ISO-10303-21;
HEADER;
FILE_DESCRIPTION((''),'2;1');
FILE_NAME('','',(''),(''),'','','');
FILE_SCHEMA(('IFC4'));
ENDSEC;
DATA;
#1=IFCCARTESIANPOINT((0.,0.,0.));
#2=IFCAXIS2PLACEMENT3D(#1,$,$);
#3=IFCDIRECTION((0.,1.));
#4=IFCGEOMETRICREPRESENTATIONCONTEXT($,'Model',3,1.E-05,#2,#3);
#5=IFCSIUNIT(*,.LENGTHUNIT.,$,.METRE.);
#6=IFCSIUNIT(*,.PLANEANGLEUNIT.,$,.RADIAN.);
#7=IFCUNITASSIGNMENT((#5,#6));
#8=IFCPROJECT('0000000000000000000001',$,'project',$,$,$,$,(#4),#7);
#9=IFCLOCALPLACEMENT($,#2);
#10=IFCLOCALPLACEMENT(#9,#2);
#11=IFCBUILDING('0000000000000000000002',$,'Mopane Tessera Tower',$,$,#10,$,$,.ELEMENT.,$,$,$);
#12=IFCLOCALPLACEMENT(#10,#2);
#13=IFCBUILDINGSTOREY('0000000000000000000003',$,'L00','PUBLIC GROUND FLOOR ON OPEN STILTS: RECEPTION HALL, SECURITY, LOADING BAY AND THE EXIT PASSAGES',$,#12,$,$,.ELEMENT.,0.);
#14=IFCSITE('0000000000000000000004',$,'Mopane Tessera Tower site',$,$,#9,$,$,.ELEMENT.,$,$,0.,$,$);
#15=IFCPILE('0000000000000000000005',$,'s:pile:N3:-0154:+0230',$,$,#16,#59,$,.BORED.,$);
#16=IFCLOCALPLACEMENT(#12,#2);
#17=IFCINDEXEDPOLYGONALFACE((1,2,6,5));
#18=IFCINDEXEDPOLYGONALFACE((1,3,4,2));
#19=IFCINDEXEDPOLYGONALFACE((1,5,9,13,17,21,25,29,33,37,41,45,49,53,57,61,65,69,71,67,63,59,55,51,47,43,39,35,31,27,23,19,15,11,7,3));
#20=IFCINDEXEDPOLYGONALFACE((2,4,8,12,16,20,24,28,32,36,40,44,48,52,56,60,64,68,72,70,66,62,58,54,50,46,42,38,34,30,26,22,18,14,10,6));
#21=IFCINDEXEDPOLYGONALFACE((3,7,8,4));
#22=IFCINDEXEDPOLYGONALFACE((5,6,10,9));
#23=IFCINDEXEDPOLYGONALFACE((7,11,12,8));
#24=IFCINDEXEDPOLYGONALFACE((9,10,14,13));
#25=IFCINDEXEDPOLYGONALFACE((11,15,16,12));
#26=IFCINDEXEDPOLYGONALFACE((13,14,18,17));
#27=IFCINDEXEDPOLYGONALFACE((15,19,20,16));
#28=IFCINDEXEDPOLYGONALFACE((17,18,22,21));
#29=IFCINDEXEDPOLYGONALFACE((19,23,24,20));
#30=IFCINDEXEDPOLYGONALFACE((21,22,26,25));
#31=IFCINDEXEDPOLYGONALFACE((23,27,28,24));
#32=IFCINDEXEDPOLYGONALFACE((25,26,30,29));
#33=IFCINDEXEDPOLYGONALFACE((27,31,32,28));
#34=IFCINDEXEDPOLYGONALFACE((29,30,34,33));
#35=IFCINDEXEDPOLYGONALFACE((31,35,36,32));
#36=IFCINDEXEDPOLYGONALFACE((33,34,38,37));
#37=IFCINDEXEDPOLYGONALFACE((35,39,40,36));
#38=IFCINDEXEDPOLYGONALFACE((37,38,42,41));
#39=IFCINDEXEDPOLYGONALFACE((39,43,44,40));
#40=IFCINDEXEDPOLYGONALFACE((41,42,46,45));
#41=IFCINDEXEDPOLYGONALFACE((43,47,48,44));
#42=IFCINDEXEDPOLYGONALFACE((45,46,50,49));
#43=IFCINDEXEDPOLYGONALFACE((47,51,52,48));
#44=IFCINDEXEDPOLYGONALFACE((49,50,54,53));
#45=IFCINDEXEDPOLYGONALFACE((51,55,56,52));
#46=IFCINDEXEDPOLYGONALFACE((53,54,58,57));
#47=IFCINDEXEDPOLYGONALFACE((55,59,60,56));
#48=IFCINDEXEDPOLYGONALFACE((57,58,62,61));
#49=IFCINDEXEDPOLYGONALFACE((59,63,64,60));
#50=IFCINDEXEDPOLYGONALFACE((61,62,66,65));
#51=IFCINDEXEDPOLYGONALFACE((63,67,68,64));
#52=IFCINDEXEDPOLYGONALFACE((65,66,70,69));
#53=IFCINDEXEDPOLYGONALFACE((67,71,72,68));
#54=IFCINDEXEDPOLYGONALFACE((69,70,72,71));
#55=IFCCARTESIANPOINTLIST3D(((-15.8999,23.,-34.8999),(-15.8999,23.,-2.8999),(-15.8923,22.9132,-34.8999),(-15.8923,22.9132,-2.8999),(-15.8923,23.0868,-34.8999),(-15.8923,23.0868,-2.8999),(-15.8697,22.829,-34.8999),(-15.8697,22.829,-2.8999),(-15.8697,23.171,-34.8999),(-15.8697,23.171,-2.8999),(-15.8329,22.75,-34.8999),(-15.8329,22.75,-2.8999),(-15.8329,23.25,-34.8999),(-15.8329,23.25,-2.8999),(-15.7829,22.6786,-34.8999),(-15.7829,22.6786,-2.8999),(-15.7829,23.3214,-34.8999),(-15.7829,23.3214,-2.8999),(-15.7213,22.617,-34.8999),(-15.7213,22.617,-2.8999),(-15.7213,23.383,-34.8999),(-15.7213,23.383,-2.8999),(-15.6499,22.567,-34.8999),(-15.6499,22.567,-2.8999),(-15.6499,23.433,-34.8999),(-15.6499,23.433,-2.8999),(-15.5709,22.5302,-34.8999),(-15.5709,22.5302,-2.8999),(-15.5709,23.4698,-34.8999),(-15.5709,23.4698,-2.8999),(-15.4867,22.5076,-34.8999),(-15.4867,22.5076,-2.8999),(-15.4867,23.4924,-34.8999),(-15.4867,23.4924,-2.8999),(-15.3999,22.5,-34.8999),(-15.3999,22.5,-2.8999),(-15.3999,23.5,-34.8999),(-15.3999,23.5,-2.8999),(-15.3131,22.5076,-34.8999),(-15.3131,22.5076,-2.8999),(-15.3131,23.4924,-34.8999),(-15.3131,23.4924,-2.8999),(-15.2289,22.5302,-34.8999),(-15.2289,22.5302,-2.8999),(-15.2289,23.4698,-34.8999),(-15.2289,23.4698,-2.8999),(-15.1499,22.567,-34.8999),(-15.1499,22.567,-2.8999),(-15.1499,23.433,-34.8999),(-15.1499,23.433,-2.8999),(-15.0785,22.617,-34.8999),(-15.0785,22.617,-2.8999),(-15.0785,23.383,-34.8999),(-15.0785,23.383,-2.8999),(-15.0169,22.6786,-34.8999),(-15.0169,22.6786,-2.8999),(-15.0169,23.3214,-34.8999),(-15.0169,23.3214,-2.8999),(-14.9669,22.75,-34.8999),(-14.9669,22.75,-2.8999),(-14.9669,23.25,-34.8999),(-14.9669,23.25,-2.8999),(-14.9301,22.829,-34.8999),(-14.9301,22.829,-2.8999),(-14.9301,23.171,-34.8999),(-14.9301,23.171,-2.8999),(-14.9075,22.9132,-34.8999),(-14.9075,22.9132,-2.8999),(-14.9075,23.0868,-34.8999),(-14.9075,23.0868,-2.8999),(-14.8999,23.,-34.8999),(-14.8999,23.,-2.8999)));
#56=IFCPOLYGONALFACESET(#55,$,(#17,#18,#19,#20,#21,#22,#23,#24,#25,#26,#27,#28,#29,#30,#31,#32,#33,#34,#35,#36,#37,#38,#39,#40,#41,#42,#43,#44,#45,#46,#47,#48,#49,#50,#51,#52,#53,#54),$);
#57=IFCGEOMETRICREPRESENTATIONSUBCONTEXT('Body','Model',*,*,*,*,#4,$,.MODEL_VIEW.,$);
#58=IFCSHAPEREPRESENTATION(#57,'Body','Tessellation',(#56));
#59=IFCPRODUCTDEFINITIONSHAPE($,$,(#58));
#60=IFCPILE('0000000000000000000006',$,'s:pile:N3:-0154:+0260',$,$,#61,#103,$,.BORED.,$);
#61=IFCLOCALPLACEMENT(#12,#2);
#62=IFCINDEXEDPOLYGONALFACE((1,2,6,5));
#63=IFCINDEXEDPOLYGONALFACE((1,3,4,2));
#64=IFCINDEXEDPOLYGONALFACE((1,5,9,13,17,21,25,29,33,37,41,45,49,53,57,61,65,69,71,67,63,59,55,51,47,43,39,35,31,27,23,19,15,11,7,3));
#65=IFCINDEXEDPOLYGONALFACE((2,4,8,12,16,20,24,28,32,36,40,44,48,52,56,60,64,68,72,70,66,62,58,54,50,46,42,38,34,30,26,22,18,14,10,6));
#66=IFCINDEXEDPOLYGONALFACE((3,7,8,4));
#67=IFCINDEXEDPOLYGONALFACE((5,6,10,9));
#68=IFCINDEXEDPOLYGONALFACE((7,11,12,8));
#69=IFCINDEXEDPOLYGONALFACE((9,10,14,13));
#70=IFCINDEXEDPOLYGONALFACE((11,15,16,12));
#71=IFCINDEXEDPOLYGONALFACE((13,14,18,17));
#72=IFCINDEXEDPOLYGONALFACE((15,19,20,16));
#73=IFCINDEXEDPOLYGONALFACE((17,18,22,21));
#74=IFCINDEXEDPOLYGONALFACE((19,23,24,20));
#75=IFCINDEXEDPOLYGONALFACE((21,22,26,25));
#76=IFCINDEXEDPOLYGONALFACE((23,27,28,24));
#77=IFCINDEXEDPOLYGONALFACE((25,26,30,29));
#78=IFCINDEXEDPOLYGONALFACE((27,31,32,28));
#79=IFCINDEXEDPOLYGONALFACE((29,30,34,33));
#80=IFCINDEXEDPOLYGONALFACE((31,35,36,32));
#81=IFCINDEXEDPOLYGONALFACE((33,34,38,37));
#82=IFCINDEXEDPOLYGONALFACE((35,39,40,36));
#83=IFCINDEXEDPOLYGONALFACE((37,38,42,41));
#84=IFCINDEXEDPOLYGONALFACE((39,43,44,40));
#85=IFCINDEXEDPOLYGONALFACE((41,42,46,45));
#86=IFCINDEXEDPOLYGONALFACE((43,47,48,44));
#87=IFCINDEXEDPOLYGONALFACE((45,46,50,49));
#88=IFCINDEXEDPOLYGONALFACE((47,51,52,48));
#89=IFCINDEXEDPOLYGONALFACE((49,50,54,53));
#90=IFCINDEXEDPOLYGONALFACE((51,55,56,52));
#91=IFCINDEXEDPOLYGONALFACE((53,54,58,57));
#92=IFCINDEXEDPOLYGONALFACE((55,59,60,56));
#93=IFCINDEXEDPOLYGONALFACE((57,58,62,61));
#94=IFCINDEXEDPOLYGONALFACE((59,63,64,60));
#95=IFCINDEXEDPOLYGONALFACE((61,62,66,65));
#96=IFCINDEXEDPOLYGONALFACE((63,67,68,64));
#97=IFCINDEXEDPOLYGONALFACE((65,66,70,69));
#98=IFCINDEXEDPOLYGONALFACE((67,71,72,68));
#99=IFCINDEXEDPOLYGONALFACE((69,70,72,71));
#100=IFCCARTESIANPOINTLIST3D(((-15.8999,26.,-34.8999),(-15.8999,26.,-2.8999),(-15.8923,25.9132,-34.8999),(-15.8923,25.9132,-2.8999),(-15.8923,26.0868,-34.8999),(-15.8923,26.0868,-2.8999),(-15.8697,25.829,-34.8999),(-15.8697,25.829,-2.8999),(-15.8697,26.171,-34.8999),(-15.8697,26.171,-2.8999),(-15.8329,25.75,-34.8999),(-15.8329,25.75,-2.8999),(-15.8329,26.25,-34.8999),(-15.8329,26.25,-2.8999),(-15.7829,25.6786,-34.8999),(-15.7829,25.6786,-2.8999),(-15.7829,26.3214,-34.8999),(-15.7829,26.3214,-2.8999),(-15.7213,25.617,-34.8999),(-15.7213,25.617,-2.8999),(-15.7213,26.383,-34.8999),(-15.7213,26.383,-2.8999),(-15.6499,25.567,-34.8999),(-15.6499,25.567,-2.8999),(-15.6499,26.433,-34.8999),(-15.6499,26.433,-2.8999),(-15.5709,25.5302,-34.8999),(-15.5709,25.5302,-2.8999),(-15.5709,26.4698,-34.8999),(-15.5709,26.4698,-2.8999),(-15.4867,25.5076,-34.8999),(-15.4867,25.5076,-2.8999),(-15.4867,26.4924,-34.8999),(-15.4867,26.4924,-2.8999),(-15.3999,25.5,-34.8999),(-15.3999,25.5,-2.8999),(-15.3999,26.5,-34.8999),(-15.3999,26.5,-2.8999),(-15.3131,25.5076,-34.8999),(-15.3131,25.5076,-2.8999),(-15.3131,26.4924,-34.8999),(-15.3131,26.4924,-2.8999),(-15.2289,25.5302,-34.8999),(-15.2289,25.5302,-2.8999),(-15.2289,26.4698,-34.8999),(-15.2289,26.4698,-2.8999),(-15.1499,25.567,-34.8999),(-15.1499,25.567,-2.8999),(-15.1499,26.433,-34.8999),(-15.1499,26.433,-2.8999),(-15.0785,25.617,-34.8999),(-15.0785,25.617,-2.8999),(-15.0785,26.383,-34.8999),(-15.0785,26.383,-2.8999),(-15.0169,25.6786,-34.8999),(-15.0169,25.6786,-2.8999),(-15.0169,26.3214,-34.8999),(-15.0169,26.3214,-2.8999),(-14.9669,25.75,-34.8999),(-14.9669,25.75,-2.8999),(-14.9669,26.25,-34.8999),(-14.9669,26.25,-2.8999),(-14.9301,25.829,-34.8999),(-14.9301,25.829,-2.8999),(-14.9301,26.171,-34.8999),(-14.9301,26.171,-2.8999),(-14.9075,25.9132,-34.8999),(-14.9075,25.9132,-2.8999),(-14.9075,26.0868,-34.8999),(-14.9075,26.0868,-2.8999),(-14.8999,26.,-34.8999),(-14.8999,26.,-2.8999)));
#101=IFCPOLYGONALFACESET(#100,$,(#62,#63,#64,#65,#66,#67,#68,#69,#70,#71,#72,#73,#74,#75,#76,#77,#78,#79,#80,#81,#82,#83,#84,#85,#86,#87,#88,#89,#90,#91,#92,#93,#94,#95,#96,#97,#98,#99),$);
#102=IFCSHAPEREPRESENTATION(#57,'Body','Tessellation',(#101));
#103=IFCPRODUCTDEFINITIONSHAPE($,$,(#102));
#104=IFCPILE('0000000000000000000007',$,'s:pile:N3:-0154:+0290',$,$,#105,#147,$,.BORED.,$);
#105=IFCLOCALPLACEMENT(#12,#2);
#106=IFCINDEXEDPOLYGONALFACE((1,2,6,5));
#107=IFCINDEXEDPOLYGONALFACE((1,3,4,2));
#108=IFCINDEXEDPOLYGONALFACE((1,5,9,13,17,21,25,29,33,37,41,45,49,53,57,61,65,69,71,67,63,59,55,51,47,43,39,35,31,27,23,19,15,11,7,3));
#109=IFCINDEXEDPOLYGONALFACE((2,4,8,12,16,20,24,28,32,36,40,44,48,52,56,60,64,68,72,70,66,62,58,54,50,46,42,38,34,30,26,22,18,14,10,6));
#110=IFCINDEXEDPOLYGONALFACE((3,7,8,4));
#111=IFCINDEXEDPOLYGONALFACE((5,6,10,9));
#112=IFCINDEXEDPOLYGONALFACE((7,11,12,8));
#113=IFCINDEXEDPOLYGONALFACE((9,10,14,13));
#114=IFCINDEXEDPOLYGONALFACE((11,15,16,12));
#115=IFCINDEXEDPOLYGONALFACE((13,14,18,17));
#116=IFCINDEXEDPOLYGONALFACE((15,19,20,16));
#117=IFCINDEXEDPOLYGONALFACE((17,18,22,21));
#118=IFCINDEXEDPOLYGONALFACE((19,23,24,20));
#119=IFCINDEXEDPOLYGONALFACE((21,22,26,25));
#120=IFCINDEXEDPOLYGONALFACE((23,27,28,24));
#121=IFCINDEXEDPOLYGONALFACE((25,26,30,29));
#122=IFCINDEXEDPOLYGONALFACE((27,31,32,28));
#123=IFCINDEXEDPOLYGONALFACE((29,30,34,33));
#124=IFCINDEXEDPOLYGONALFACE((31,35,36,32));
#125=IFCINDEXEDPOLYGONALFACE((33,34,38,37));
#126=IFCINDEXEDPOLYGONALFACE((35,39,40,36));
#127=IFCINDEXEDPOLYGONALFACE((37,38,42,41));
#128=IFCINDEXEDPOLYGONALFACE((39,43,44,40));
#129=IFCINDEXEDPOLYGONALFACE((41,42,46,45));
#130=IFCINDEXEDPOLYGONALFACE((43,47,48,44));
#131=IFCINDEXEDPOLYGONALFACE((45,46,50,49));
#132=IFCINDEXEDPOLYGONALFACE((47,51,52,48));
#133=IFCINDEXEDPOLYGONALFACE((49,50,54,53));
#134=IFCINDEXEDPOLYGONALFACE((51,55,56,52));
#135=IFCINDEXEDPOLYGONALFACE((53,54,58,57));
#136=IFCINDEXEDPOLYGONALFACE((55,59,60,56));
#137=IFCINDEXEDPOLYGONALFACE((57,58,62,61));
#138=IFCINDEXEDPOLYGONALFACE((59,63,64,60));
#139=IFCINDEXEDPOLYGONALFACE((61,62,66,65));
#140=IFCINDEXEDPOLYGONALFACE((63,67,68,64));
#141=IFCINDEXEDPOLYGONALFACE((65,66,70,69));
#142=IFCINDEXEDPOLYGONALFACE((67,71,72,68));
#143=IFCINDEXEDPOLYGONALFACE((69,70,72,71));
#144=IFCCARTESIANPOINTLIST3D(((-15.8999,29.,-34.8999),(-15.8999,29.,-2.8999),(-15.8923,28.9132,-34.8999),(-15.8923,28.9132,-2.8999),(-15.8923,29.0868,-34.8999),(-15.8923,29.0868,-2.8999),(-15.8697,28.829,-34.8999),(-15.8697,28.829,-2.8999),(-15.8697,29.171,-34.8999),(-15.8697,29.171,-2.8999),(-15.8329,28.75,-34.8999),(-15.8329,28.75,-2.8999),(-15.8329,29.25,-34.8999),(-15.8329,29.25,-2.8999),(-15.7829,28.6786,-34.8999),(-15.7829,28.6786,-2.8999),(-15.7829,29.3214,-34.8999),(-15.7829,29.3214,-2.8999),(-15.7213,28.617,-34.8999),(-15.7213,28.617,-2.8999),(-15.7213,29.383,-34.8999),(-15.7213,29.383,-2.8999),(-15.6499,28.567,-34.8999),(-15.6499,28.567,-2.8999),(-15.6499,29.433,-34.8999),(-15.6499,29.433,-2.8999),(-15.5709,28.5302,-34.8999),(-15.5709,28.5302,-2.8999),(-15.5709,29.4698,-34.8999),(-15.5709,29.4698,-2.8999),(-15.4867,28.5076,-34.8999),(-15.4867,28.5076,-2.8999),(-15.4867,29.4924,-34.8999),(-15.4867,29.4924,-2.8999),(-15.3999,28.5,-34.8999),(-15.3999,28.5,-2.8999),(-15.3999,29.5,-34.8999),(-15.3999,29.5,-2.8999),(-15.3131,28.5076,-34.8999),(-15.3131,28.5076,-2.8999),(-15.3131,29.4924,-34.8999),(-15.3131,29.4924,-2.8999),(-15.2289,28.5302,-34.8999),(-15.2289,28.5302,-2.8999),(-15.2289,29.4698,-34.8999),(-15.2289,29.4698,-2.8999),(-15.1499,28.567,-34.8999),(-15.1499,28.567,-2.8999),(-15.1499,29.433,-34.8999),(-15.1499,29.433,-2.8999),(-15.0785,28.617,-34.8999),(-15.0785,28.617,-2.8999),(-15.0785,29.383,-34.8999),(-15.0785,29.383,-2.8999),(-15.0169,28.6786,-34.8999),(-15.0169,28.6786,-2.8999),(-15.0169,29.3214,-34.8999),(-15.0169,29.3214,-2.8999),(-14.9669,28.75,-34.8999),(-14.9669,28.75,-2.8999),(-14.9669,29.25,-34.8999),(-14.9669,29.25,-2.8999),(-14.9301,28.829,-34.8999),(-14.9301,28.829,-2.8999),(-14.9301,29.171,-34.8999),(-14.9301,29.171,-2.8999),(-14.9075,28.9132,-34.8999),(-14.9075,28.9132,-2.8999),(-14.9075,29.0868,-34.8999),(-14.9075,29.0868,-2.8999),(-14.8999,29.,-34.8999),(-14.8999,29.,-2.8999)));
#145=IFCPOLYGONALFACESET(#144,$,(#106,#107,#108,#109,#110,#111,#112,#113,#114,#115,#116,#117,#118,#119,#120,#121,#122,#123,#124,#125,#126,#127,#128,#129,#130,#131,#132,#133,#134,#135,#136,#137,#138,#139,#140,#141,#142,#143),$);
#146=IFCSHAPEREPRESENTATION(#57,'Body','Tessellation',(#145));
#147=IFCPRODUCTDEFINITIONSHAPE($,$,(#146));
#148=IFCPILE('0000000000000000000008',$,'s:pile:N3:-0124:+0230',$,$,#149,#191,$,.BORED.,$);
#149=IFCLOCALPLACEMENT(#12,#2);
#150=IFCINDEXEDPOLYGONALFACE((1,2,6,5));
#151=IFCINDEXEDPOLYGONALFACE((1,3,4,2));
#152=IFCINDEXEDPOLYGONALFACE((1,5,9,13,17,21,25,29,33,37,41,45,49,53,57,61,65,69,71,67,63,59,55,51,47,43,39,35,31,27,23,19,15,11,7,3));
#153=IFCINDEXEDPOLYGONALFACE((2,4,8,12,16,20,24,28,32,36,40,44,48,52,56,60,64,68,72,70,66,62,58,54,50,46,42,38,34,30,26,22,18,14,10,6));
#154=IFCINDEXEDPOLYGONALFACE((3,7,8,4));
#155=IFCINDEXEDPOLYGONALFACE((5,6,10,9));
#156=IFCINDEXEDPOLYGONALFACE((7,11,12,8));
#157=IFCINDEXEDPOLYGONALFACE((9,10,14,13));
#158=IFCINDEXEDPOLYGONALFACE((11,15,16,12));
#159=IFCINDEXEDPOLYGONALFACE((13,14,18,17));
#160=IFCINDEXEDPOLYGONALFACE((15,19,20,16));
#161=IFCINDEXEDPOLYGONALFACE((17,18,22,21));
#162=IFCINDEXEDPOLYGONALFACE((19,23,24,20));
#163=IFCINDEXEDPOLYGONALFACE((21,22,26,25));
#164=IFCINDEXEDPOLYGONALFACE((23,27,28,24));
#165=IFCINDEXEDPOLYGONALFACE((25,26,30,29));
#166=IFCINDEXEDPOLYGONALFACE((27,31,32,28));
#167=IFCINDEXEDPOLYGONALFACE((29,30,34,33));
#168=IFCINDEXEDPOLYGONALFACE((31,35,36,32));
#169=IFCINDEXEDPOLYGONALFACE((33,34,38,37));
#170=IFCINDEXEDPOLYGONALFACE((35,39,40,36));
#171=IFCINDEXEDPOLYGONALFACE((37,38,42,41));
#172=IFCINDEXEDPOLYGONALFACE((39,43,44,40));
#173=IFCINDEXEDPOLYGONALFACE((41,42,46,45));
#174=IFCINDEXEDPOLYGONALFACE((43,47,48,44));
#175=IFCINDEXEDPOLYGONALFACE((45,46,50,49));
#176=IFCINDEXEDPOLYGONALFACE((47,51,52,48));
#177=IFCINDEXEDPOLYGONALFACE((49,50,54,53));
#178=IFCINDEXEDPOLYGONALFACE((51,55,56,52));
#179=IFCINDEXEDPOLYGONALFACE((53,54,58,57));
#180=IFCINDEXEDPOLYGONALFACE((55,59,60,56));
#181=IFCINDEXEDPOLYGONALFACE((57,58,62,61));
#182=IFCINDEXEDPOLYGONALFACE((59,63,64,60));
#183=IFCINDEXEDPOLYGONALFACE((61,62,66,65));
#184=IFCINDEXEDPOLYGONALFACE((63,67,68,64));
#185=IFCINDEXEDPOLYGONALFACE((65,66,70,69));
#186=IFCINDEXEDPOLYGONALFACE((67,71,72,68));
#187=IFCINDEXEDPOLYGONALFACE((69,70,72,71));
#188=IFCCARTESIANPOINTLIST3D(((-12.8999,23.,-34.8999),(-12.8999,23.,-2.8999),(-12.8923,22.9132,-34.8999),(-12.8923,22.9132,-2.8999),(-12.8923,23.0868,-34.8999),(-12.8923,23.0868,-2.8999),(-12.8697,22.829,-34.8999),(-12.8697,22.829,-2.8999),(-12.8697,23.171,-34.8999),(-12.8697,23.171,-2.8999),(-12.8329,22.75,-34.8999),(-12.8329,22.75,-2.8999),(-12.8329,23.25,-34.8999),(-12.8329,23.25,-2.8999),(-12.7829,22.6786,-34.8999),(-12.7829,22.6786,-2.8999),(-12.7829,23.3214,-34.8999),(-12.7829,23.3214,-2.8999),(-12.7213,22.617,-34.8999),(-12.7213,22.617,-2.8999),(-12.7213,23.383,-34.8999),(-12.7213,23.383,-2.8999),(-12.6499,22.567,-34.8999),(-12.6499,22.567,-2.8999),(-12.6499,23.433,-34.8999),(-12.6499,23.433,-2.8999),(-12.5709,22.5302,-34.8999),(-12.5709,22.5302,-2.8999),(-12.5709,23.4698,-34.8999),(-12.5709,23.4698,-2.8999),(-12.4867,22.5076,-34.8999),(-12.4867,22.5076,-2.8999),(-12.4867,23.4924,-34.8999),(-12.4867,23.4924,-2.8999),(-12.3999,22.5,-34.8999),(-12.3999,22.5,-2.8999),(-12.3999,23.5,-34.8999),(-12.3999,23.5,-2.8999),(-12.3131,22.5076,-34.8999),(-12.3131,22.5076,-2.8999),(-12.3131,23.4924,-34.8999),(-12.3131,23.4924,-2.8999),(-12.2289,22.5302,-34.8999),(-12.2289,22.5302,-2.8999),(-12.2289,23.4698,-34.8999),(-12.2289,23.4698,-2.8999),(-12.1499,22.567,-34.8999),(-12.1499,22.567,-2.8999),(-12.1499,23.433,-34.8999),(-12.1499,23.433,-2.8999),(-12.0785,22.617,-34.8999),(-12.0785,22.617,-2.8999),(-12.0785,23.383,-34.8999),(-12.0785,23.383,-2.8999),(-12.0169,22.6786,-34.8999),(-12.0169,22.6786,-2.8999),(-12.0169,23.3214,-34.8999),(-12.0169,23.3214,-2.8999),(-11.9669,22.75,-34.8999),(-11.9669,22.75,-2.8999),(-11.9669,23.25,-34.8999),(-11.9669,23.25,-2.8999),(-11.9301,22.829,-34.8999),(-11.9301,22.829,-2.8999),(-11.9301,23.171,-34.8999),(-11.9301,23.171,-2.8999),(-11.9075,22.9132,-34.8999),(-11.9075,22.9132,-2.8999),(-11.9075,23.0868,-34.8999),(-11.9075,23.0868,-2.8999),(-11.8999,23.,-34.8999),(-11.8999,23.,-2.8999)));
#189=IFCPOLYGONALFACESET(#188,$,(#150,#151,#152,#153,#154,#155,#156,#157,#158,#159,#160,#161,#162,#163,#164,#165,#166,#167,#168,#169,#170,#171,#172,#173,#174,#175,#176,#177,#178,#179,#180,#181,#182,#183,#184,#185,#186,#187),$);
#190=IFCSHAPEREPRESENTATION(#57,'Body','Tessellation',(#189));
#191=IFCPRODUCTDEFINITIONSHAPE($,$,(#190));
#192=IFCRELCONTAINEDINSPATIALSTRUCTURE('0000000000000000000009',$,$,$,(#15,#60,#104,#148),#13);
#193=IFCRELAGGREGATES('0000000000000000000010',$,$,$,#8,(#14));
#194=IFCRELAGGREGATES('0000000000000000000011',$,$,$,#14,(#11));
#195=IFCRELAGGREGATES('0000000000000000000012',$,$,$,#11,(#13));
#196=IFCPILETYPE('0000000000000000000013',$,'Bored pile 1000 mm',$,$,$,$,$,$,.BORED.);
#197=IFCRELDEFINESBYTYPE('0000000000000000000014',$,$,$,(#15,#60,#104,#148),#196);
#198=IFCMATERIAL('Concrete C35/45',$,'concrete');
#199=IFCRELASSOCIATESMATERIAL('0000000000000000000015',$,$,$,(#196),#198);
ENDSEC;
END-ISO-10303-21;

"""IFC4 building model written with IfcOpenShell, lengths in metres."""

from ifc_helpers import new_model, si_unit, direction, frame, origin, origin_2d, place, context, subcontext, project, spatial, circle, extrude, material, material_profile, profile_set, type_object, element, save


model = new_model("IFC4")

# Units and contexts
model_context = context("Model", 3, precision=1e-05, world=origin(), true_north=direction((0.0, 1.0)))
body_context = subcontext(model_context, "Body", "Model", "MODEL_VIEW")
ifc_project = project(units=[si_unit("LENGTHUNIT", "METRE"), si_unit("PLANEANGLEUNIT", "RADIAN")], contexts=[model_context])

# Site, building, storey
site_placement = place(None, origin())
site = spatial("IfcSite", under=ifc_project, at=site_placement, Name="Mopane Tessera Tower site", CompositionType="ELEMENT", RefElevation=0.0)
building_placement = place(site_placement, origin())
building = spatial("IfcBuilding", under=site, at=building_placement, Name="Mopane Tessera Tower", CompositionType="ELEMENT")
storey_placement = place(building_placement, origin())
storey = spatial("IfcBuildingStorey", under=building, at=storey_placement, Name="L00", Description="PUBLIC GROUND FLOOR ON OPEN STILTS: RECEPTION HALL, SECURITY, LOADING BAY AND THE EXIT PASSAGES", CompositionType="ELEMENT", Elevation=0.0)

# Piles
ifc_material_1 = material(Name="Concrete C35/45", Category="concrete")
ifc_material_profile_1 = material_profile(ifc_material_1, circle(Radius=0.5, at=origin_2d()))
ifc_profile_set_1 = profile_set([ifc_material_profile_1], Name="Concrete C35/45")
pile_type_1 = type_object("IfcPileType", Name="Bored pile 1000 mm", PredefinedType="BORED", material=ifc_profile_set_1)
for number, where, z_axis, x_axis, name in (
    (1, (-15.3999, 23.0, -2.8999), (0.0, 0.0, -1.0), (1.0, 0.0, 0.0), "s:pile:N3:-0154:+0230"),
    (2, (-15.3999, 26.0, -2.8999), (0.0, 0.0, -1.0), (1.0, 0.0, 0.0), "s:pile:N3:-0154:+0260"),
    (3, (-15.3999, 29.0, -2.8999), (0.0, 0.0, -1.0), (1.0, 0.0, 0.0), "s:pile:N3:-0154:+0290"),
    (4, (-12.3999, 23.0, -2.8999), (0.0, 0.0, -1.0), (1.0, 0.0, 0.0), "s:pile:N3:-0124:+0230"),
):
    element("IfcPile", number, at=place(storey_placement, frame(where, z_axis=z_axis, x_axis=x_axis)), inside=storey, type_object=pile_type_1, Name=name, PredefinedType="BORED", context=body_context, shape_type="SweptSolid", body=[
        extrude(circle(Radius=0.5, at=origin_2d()), origin(), (0.0, 0.0, 1.0), 32.0),
    ])

save(model, "model.ifc")
